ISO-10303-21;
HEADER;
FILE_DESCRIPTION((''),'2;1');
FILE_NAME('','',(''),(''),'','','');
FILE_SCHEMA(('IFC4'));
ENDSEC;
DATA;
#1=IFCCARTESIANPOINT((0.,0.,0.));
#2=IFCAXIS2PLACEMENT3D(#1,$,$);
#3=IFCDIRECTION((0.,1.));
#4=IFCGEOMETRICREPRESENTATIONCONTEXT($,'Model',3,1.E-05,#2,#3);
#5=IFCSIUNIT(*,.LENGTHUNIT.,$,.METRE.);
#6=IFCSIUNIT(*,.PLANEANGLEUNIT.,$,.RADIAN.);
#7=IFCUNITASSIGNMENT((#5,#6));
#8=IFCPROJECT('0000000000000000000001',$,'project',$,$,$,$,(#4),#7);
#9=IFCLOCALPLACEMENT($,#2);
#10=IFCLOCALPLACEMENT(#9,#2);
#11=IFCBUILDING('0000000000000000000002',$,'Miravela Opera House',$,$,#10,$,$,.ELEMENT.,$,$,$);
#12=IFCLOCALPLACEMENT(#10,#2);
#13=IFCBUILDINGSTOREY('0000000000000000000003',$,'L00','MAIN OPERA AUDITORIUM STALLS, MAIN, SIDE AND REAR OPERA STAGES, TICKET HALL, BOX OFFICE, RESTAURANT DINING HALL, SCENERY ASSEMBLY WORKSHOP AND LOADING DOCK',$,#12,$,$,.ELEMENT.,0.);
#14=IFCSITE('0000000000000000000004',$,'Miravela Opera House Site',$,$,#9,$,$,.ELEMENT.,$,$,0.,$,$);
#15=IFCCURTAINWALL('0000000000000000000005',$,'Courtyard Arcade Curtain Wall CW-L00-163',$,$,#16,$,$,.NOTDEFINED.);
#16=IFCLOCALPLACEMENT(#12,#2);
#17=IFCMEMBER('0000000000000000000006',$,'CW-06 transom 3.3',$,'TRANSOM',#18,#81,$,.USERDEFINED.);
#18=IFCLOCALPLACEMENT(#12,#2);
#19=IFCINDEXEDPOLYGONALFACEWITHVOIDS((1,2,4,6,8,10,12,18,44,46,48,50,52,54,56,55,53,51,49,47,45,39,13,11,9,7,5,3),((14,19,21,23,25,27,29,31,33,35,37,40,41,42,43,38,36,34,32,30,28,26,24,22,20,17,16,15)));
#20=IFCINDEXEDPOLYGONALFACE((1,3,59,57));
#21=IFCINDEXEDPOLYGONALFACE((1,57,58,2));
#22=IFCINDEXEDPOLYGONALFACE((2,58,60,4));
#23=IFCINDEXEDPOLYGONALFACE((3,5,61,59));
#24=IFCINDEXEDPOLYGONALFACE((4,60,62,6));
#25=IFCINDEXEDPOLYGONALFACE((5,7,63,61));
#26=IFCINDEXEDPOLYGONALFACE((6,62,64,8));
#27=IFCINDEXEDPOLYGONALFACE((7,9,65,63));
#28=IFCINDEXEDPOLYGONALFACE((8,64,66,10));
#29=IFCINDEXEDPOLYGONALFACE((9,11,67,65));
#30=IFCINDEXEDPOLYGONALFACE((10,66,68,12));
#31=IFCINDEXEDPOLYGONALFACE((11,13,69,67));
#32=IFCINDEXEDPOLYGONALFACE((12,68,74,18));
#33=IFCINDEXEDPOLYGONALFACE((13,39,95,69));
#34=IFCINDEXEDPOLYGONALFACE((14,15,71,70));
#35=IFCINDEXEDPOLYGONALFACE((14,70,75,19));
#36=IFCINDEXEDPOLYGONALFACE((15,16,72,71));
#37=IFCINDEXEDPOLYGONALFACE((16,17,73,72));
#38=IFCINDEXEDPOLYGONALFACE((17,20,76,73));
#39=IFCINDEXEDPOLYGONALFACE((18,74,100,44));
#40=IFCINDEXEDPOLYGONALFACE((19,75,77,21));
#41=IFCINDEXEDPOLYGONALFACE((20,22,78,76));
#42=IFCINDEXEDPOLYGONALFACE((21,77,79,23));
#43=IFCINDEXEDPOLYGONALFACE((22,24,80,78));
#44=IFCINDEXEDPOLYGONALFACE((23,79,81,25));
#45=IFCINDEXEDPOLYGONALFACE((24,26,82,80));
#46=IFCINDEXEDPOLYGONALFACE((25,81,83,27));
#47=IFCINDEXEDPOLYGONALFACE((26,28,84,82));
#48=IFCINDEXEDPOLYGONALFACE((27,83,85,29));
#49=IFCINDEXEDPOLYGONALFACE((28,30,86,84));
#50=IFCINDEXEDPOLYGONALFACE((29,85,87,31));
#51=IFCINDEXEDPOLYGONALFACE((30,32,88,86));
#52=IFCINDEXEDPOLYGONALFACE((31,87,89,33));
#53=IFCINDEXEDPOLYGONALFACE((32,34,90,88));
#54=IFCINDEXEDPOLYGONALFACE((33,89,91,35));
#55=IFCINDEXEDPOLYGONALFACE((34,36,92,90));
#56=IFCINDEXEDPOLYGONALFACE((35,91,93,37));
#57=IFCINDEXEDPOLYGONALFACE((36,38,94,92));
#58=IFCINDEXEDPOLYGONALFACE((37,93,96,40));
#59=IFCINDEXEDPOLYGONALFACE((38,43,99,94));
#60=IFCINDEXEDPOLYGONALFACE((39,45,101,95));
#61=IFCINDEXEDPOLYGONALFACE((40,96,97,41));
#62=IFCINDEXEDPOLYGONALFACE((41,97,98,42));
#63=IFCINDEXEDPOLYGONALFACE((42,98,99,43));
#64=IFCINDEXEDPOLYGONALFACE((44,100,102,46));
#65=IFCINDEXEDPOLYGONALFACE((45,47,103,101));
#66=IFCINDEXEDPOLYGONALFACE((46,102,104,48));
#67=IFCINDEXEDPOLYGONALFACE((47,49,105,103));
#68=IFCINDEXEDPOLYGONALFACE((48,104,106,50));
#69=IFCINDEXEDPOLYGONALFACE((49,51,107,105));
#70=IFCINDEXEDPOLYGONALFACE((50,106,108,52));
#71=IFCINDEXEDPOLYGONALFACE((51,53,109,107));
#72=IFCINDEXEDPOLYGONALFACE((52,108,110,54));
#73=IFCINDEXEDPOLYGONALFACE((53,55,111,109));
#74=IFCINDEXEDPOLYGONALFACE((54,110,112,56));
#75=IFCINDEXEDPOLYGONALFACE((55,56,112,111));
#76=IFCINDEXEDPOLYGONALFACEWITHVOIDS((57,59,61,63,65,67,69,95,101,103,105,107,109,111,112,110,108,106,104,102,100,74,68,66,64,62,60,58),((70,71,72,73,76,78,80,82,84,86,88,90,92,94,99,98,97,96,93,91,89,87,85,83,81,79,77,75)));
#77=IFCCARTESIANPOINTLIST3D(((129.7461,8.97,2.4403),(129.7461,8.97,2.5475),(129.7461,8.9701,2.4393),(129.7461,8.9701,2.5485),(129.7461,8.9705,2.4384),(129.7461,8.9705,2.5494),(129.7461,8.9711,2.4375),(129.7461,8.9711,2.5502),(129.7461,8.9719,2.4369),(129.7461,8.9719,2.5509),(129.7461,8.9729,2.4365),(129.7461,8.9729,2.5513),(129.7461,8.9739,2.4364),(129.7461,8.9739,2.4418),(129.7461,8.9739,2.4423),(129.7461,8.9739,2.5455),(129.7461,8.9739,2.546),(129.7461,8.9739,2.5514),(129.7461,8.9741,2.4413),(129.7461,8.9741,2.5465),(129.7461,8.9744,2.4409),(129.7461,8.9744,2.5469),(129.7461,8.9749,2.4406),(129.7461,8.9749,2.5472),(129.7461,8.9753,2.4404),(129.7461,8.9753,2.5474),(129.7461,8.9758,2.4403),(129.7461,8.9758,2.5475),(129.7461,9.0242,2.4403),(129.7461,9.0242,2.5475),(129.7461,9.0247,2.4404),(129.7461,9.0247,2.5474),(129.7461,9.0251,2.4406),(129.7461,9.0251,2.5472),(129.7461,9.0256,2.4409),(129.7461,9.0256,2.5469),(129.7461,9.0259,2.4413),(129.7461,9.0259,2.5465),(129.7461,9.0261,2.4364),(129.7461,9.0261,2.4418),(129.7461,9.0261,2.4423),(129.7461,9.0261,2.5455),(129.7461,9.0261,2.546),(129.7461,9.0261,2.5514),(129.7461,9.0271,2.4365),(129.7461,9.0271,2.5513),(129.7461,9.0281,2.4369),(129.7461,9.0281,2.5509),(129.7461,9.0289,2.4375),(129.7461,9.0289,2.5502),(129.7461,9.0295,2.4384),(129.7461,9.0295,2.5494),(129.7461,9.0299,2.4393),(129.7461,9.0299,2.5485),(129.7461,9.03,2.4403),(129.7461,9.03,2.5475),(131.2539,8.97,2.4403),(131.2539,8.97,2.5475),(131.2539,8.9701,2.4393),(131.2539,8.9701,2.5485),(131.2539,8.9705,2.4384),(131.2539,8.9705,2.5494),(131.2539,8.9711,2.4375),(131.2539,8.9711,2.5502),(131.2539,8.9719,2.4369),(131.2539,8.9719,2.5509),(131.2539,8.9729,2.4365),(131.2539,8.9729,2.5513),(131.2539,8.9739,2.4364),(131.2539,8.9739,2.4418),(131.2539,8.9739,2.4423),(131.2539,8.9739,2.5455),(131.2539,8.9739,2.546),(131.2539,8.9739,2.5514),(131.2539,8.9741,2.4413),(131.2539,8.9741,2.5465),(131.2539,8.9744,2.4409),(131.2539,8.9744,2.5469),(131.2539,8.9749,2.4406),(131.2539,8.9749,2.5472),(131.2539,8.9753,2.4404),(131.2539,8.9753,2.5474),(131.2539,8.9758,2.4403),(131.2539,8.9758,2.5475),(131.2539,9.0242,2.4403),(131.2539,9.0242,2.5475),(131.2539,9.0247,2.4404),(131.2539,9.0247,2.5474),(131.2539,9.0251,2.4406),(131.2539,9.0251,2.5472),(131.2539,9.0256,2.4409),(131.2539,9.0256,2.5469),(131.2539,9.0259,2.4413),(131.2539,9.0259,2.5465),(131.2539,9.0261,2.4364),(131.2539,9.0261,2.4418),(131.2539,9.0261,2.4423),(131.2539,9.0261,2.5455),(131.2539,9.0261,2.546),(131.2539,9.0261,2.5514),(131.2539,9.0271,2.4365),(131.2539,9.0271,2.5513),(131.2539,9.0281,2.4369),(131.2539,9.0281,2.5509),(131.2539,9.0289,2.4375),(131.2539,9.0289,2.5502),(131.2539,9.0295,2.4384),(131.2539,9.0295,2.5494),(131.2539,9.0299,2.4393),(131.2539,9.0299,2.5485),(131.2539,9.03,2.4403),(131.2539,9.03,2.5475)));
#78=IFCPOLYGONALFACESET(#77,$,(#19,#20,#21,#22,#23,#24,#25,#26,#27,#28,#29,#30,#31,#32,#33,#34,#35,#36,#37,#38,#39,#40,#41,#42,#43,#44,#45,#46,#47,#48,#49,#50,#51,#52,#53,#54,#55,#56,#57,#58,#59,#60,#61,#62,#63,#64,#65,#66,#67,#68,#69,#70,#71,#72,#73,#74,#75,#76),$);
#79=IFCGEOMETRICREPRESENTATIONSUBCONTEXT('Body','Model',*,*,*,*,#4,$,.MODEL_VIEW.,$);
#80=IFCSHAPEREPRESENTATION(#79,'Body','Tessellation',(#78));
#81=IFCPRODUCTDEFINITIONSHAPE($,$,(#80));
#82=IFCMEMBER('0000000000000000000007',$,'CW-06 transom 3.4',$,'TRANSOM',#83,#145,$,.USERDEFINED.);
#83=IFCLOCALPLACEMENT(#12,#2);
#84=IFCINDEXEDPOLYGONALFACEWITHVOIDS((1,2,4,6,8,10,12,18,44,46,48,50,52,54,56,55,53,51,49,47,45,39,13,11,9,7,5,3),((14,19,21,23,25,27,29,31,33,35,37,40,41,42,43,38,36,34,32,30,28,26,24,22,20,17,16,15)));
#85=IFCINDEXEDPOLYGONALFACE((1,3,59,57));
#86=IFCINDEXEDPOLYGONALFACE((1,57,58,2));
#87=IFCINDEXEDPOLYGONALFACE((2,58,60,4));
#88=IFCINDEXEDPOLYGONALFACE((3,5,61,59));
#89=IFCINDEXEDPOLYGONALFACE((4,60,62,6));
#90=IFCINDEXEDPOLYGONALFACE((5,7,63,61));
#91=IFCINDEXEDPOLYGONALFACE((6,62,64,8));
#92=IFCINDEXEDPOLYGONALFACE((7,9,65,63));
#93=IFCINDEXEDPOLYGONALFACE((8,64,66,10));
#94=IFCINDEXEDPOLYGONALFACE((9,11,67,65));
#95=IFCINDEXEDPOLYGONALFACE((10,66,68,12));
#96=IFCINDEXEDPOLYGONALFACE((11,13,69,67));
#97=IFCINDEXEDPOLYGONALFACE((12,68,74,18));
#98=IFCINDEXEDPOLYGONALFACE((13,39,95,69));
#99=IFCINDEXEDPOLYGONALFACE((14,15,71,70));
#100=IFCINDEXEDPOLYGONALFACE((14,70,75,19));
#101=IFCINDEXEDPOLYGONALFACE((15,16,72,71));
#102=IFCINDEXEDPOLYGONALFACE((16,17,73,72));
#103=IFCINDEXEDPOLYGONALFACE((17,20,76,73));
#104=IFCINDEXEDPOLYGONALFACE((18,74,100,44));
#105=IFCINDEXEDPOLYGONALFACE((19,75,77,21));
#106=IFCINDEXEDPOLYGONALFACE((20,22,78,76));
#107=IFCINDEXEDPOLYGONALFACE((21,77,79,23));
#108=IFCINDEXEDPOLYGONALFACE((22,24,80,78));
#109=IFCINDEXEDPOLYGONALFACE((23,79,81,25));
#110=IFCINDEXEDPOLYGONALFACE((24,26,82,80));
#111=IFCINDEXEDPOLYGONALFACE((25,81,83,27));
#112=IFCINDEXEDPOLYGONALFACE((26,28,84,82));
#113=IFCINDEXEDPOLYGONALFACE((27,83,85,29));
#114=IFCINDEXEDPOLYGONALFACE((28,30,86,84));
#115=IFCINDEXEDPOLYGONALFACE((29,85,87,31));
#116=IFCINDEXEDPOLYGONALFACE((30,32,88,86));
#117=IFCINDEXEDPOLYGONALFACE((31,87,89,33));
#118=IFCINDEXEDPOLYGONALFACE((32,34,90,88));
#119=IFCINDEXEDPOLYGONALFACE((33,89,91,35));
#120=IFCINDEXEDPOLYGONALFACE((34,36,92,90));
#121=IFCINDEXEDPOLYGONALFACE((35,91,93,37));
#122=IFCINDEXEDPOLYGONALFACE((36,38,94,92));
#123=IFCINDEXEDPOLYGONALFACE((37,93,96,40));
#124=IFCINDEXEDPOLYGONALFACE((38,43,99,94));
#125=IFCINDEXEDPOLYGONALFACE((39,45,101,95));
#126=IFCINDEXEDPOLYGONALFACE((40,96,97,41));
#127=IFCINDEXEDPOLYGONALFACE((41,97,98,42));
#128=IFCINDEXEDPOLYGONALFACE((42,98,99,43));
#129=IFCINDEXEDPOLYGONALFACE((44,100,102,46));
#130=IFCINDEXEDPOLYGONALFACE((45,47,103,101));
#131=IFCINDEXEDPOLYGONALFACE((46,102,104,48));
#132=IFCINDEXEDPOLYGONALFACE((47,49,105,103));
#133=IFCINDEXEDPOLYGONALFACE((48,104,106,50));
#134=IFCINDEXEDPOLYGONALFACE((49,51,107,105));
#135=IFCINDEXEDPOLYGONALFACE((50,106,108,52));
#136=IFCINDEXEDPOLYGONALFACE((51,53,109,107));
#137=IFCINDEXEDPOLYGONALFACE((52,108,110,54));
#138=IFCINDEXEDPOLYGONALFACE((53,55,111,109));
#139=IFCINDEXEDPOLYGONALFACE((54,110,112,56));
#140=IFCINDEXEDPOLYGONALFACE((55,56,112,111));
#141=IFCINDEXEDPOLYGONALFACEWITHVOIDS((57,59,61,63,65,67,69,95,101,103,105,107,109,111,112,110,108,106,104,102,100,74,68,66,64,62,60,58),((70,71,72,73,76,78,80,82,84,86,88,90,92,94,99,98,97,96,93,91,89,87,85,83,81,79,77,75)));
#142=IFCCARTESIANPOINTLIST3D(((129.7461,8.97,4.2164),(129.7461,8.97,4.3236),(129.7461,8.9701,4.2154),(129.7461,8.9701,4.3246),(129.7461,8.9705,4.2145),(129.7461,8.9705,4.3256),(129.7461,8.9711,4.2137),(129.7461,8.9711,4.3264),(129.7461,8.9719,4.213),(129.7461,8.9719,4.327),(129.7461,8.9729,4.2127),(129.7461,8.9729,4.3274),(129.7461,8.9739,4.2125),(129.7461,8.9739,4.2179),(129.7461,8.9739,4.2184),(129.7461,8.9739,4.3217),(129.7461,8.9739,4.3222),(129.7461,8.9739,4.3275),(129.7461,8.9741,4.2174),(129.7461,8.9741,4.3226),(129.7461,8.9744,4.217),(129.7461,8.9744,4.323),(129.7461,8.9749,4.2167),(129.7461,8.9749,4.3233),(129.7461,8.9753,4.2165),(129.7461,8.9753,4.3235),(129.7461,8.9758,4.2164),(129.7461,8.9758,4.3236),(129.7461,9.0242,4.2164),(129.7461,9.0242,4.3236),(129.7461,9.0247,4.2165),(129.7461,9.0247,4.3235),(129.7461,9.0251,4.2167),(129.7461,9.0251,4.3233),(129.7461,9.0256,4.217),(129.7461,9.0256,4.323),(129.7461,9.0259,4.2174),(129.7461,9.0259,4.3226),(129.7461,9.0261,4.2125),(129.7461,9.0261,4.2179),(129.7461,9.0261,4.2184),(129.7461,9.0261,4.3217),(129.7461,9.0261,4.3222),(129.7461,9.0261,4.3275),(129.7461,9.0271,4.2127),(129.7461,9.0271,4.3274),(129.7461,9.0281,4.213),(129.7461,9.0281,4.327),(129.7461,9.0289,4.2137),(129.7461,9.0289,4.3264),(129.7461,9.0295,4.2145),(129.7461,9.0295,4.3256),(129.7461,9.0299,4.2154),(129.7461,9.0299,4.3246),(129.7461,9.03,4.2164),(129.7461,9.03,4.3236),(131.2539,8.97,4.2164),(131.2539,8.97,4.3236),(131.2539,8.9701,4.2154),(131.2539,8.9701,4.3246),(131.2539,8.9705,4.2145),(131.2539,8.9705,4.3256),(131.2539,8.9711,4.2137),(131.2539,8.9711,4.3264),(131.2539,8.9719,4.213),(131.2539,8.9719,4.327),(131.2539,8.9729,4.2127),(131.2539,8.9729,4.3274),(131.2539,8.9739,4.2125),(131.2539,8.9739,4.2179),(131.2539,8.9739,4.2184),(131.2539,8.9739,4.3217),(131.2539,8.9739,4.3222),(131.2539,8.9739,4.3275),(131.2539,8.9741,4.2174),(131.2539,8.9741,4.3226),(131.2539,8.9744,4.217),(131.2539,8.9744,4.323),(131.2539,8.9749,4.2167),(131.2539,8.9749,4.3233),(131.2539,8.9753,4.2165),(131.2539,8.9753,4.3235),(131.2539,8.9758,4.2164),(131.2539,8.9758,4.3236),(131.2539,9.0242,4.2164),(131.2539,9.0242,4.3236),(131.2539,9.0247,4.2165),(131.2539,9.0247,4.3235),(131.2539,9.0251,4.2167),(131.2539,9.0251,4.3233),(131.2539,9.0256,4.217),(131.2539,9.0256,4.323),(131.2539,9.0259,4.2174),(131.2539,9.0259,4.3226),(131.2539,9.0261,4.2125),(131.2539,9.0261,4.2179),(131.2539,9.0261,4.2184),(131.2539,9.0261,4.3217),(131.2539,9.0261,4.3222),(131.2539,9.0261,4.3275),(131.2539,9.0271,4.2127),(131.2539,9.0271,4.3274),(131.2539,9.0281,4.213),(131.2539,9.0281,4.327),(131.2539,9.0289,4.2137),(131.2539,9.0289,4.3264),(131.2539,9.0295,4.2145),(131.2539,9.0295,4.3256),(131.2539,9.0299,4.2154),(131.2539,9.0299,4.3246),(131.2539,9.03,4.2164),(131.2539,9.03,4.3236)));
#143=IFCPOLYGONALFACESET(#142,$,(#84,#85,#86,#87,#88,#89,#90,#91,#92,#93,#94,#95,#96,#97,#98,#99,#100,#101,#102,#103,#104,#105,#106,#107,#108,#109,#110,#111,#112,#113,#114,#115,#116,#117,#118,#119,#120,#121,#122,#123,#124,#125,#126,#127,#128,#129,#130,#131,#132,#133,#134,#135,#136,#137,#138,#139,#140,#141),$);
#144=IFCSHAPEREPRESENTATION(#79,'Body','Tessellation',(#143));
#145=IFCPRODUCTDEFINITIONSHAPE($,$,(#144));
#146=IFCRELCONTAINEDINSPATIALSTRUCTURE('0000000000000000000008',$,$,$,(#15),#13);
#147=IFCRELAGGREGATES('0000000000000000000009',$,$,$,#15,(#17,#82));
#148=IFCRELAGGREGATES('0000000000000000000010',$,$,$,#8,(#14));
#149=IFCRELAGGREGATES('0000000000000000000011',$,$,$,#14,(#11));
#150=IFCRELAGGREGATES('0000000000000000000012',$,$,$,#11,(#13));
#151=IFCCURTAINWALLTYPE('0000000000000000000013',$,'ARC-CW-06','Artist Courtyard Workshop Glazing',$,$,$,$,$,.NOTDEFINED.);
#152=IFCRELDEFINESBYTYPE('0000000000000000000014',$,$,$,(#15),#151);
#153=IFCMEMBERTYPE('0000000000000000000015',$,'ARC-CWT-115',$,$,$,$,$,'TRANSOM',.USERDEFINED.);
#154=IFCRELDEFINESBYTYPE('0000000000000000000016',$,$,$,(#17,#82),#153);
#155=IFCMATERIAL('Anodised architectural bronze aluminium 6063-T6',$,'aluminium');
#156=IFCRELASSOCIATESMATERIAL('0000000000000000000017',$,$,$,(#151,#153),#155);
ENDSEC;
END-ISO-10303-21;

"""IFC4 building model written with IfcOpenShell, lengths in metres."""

from ifc_helpers import new_model, si_unit, direction, frame, origin, origin_2d, place, context, subcontext, project, spatial, hollow_rectangle, extrude, material, material_profile, profile_set, type_object, element, aggregate, save


model = new_model("IFC4")

# Units and contexts
model_context = context("Model", 3, precision=1e-05, world=origin(), true_north=direction((0.0, 1.0)))
body_context = subcontext(model_context, "Body", "Model", "MODEL_VIEW")
ifc_project = project(units=[si_unit("LENGTHUNIT", "METRE"), si_unit("PLANEANGLEUNIT", "RADIAN")], contexts=[model_context])

# Site, building, storey
site_placement = place(None, origin())
site = spatial("IfcSite", under=ifc_project, at=site_placement, Name="Miravela Opera House Site", CompositionType="ELEMENT", RefElevation=0.0)
building_placement = place(site_placement, origin())
building = spatial("IfcBuilding", under=site, at=building_placement, Name="Miravela Opera House", CompositionType="ELEMENT")
storey_placement = place(building_placement, origin())
storey = spatial("IfcBuildingStorey", under=building, at=storey_placement, Name="L00", Description="MAIN OPERA AUDITORIUM STALLS, MAIN, SIDE AND REAR OPERA STAGES, TICKET HALL, BOX OFFICE, RESTAURANT DINING HALL, SCENERY ASSEMBLY WORKSHOP AND LOADING DOCK", CompositionType="ELEMENT", Elevation=0.0)

# Shared definitions
ifc_material_1 = material(Name="Anodised architectural bronze aluminium 6063-T6", Category="aluminium")
curtain_wall_type = type_object("IfcCurtainWallType", Name="ARC-CW-06", Description="Artist Courtyard Workshop Glazing", PredefinedType="NOTDEFINED", material=ifc_material_1)

# Curtain wall
curtain_wall_1_placement = place(storey_placement, origin())
curtain_wall_1 = element("IfcCurtainWall", 1, at=curtain_wall_1_placement, inside=storey, type_object=curtain_wall_type, Name="Courtyard Arcade Curtain Wall CW-L00-163", PredefinedType="NOTDEFINED")

# Members
ifc_material_profile_1 = material_profile(ifc_material_1, hollow_rectangle(XDim=0.0601, YDim=0.115, WallThickness=0.0039, InnerFilletRadius=0.002, OuterFilletRadius=0.0039, at=origin_2d()), Name="CWT-60X115")
ifc_profile_set_1 = profile_set([ifc_material_profile_1])
member_type_1 = type_object("IfcMemberType", Name="ARC-CWT-115", ElementType="TRANSOM", PredefinedType="USERDEFINED", material=ifc_profile_set_1)
member_1_placement = place(storey_placement, frame((129.7461, 9.0, 2.4939), z_axis=(1.0, 0.0, 0.0), x_axis=(0.0, 1.0, 0.0)))
member_1 = element("IfcMember", 2, at=member_1_placement, type_object=member_type_1, Name="CW-06 transom 3.3", ObjectType="TRANSOM", PredefinedType="USERDEFINED", context=body_context, shape_type="SweptSolid", body=[
    extrude(hollow_rectangle(XDim=0.0601, YDim=0.115, WallThickness=0.0039, InnerFilletRadius=0.002, OuterFilletRadius=0.0039, at=origin_2d()), origin(), (0.0, 0.0, 1.0), 1.5078),
])
member_2_placement = place(storey_placement, frame((129.7461, 9.0, 4.27), z_axis=(1.0, 0.0, 0.0), x_axis=(0.0, 1.0, 0.0)))
member_2 = element("IfcMember", 3, at=member_2_placement, type_object=member_type_1, Name="CW-06 transom 3.4", ObjectType="TRANSOM", PredefinedType="USERDEFINED", context=body_context, shape_type="SweptSolid", body=[
    extrude(hollow_rectangle(XDim=0.0601, YDim=0.115, WallThickness=0.0039, InnerFilletRadius=0.002, OuterFilletRadius=0.0039, at=origin_2d()), origin(), (0.0, 0.0, 1.0), 1.5078),
])

aggregate(curtain_wall_1, [member_1, member_2])

save(model, "model.ifc")
